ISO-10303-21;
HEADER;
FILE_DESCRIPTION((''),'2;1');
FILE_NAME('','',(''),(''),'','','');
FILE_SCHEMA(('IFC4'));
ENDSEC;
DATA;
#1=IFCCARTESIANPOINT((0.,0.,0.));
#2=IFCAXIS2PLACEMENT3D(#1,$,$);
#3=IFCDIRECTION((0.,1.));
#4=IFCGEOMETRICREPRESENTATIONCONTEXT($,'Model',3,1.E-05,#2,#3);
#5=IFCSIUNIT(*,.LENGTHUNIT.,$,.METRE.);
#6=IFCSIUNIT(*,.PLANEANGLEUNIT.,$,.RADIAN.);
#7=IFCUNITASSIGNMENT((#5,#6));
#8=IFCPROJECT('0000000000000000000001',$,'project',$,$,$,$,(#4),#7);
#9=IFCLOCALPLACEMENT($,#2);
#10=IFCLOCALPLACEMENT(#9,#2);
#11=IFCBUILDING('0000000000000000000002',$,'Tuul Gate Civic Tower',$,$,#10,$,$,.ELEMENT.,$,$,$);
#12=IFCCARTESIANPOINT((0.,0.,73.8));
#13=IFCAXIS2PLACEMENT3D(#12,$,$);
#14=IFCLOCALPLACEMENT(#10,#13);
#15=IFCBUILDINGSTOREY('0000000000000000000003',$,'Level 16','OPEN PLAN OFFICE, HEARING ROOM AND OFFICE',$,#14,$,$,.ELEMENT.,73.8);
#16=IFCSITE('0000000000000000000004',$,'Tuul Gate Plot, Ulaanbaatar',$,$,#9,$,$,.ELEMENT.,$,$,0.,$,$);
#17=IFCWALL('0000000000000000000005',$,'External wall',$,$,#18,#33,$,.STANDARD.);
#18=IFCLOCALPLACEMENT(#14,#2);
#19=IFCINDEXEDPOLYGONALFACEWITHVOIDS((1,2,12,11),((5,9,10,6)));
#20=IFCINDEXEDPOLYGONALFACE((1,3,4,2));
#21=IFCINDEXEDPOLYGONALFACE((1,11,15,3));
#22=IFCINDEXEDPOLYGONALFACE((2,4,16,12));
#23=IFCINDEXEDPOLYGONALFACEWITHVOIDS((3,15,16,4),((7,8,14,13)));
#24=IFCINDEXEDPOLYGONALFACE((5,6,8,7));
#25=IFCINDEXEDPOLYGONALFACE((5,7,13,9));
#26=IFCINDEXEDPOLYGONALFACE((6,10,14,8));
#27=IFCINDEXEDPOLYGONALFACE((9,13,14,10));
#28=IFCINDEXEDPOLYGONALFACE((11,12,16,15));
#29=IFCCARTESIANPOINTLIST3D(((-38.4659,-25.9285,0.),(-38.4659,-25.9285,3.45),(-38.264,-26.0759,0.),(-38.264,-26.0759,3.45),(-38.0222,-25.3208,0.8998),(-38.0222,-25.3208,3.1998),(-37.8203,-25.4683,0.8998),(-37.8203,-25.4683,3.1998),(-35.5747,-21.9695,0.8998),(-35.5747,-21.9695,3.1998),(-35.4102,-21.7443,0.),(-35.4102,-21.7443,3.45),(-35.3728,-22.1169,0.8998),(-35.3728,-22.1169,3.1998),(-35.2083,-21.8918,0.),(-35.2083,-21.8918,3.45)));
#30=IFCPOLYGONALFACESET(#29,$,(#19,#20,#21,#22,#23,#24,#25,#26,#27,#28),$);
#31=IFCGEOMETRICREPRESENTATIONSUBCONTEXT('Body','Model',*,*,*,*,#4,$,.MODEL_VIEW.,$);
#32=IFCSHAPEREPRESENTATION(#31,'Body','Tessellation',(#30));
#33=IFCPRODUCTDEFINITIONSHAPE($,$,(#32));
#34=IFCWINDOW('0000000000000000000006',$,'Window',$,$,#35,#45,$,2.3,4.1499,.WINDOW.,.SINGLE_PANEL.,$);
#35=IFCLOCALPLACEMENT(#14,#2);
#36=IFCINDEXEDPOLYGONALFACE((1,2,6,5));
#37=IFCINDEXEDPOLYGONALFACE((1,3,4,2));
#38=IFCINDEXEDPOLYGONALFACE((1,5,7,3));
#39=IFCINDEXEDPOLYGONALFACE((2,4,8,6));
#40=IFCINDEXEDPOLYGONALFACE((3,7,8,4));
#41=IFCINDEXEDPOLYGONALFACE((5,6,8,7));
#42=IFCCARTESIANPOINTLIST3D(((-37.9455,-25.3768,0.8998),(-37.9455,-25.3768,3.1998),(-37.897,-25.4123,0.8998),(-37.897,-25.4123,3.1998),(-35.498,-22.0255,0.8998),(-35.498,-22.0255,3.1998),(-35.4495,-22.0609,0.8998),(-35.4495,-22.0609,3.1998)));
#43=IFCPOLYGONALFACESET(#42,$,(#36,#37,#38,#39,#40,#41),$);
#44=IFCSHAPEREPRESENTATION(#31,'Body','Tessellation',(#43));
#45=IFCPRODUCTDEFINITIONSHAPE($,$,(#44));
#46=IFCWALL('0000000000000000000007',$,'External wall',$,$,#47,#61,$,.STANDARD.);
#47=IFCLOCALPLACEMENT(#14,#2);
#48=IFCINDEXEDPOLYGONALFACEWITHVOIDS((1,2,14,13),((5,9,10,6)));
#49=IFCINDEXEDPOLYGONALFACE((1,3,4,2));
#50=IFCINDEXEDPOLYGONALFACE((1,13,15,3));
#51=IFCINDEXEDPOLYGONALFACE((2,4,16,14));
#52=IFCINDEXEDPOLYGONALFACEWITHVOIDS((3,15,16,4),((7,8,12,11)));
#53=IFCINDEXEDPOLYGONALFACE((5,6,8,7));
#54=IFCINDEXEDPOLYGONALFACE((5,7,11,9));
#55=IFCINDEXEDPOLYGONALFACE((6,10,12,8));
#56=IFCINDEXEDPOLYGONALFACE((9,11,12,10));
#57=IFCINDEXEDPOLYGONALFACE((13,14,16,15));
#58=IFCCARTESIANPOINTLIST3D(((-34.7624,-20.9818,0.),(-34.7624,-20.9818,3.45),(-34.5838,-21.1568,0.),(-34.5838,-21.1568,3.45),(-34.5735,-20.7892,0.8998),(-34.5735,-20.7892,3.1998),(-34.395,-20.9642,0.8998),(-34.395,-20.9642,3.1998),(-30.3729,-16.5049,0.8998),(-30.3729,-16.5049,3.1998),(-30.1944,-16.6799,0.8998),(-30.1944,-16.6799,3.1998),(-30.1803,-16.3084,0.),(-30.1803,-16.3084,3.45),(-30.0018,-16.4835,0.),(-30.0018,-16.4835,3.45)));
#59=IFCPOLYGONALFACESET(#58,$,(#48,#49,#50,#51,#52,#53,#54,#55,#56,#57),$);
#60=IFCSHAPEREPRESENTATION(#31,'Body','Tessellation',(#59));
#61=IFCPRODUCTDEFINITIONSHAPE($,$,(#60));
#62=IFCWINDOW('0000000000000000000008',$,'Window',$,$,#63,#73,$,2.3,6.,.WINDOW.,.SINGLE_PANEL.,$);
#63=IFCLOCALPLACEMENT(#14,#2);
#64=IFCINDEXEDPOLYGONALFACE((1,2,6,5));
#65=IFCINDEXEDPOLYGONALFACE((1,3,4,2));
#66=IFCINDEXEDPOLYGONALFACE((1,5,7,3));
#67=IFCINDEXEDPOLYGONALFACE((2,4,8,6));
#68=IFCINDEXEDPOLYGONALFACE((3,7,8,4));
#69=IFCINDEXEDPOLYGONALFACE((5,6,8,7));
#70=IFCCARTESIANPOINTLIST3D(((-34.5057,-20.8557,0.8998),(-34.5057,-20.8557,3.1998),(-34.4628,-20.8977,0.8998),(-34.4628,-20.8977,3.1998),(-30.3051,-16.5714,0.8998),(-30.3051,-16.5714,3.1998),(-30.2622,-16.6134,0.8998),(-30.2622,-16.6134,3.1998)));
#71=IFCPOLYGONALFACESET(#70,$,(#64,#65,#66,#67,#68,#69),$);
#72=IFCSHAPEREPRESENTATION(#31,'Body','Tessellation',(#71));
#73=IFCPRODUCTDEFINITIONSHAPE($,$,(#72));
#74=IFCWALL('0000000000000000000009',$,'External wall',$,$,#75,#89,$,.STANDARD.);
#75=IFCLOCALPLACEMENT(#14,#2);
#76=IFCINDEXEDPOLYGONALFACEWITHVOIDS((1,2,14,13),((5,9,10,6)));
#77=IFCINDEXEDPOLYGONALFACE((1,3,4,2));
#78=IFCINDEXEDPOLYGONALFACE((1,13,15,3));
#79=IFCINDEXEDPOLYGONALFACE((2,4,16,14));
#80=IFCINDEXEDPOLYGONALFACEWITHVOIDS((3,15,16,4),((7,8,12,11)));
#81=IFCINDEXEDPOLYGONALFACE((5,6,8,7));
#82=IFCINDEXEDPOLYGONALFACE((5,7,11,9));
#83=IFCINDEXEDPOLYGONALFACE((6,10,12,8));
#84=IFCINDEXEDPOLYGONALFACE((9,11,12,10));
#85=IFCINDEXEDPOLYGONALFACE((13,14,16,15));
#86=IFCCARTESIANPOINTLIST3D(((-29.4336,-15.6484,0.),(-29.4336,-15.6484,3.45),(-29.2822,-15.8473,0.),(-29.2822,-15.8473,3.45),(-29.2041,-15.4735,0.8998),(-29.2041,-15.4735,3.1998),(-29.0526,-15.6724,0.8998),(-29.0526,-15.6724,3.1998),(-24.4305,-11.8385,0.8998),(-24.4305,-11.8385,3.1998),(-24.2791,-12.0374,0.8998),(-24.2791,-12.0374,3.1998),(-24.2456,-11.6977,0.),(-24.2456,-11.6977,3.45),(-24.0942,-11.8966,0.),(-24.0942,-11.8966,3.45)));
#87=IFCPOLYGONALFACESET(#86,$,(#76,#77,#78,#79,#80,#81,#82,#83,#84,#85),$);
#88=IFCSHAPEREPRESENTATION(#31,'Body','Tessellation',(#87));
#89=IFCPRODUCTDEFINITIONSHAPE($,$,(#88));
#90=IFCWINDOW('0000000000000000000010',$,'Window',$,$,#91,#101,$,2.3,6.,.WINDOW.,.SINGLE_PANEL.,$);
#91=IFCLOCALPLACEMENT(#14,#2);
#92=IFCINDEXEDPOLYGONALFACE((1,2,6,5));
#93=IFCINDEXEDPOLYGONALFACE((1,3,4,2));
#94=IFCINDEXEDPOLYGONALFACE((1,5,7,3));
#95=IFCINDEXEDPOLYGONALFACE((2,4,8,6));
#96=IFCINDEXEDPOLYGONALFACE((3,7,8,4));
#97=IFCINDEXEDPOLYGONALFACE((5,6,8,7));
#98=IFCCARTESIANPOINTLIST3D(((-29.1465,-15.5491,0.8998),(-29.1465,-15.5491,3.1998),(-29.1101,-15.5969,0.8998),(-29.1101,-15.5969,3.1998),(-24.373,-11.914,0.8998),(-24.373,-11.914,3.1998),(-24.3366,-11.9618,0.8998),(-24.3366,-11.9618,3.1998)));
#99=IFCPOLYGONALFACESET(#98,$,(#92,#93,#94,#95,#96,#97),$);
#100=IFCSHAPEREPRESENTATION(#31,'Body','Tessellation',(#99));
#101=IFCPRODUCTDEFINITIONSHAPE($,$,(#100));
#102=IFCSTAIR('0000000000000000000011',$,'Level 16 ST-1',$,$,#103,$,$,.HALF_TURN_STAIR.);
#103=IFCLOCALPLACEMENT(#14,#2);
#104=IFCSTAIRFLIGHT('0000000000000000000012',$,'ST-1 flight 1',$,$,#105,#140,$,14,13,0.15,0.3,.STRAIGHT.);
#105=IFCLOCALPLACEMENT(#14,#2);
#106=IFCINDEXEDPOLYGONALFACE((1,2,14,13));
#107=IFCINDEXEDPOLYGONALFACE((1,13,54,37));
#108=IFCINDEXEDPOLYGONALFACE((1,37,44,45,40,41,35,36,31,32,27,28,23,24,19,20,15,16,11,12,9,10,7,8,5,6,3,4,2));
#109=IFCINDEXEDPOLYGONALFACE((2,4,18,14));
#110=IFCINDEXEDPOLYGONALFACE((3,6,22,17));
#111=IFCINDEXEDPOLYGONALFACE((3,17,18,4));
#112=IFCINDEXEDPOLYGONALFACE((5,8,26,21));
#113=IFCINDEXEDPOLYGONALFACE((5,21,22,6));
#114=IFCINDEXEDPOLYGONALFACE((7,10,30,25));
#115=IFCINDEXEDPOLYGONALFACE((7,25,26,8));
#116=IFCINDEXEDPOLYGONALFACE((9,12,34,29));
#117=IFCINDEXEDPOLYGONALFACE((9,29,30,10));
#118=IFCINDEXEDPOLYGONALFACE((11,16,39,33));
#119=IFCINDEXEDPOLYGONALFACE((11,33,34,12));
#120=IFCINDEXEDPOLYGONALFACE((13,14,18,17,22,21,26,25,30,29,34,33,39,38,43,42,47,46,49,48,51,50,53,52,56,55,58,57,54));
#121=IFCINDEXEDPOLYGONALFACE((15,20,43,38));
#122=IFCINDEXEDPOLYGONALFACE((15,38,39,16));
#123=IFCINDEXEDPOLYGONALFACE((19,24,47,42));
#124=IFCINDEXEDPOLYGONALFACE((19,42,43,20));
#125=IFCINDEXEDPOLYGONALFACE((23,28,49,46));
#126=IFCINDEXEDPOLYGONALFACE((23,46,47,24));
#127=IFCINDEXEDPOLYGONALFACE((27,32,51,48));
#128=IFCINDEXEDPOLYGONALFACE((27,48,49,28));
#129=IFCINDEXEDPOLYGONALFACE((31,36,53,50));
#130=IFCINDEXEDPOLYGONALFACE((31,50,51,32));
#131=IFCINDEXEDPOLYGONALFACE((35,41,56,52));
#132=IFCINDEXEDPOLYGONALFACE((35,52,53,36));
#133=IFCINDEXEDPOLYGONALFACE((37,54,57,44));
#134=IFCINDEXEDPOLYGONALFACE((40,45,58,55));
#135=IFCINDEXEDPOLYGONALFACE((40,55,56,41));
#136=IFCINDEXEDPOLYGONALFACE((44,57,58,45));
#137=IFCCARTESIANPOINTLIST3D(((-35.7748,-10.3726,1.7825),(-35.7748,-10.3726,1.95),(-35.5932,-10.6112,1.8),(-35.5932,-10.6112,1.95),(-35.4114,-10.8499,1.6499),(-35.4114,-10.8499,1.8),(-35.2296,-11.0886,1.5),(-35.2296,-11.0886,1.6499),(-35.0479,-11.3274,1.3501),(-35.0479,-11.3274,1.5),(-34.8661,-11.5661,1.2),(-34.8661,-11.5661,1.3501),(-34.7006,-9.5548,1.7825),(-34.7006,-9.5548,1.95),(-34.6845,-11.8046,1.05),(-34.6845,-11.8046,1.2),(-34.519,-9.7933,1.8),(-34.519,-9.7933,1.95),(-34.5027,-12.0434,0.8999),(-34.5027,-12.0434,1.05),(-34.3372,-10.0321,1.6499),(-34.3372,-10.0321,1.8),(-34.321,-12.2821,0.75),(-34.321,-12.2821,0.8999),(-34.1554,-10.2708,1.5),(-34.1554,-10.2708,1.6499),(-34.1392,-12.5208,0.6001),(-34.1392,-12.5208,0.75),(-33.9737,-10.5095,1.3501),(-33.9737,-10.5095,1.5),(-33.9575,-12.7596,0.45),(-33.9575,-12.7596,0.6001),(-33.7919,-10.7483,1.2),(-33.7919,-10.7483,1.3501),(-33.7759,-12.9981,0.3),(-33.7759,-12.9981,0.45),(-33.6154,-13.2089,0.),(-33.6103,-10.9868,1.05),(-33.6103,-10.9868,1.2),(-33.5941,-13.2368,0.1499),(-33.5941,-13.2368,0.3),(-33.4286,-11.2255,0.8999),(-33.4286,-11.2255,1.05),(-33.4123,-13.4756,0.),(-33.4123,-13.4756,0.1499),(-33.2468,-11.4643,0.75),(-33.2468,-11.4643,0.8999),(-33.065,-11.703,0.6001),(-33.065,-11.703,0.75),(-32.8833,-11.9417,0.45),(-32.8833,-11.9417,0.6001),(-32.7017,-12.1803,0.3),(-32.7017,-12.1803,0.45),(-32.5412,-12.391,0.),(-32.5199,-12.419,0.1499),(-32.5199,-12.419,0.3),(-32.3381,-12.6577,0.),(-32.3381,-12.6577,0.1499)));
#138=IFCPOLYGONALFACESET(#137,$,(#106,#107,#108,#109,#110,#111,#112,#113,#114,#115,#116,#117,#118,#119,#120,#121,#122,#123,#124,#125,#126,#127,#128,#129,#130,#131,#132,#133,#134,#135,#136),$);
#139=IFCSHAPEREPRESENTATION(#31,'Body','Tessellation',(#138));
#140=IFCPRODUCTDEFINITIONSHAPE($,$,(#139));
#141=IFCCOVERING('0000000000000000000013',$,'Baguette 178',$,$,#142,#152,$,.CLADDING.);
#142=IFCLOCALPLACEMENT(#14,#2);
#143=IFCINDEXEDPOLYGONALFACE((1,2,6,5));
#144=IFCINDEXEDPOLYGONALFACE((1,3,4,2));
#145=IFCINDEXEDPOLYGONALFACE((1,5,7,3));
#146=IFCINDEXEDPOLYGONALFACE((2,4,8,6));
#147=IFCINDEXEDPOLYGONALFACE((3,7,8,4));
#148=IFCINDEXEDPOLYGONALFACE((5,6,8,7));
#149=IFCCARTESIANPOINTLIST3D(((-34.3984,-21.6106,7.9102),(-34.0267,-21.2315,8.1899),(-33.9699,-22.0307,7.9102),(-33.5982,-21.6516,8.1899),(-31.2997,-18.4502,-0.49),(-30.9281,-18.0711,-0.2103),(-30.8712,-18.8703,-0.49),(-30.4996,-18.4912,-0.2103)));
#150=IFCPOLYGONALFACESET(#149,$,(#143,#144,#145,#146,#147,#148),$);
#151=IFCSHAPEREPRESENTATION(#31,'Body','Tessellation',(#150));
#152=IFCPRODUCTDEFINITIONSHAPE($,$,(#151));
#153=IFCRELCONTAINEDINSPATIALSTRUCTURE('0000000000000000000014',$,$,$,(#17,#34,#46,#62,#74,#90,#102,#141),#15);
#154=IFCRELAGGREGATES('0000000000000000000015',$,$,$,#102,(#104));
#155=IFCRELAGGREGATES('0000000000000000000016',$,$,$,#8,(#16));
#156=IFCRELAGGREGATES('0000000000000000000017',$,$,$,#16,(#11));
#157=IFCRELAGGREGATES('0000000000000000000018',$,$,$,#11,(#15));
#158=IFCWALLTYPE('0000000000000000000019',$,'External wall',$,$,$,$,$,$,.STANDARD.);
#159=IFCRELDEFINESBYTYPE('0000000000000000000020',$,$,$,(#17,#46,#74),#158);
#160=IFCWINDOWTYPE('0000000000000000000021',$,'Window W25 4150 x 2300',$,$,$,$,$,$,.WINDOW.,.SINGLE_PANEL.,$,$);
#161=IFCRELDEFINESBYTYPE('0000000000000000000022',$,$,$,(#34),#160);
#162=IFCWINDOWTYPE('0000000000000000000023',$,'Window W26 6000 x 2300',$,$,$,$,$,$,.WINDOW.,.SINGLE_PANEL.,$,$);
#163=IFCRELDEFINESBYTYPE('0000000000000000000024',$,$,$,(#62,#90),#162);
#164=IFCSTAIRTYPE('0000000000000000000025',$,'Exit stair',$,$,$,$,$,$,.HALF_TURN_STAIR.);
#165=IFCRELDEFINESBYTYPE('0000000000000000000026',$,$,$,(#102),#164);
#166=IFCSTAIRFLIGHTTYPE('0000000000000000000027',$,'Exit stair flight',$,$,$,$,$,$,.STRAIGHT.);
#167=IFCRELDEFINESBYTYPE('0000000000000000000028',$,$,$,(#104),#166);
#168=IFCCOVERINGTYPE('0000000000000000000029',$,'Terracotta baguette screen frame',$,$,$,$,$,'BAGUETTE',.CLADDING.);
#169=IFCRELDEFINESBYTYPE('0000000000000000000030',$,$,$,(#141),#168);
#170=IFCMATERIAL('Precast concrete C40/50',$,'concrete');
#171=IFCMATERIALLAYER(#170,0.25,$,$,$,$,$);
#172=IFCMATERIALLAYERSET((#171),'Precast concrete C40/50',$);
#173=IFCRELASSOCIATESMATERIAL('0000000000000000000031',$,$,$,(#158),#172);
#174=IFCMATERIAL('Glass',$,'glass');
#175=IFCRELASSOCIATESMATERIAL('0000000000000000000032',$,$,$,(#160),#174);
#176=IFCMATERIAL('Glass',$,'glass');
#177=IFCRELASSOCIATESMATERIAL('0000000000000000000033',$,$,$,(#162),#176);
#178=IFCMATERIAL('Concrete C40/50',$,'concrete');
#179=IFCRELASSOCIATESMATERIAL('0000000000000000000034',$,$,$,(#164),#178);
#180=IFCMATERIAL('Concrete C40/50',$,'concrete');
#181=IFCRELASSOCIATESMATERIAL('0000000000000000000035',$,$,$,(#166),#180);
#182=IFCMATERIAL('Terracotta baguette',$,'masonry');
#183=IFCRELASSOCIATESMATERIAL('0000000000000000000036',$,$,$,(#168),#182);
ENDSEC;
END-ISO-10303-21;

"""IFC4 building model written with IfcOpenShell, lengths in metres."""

from ifc_helpers import new_model, si_unit, direction, frame, frame_2d, origin, origin_2d, place, context, subcontext, project, spatial, polyline, rectangle, outline, extrude, material, layer, layer_set, material_profile, profile_set, type_object, element, fill, aggregate, save


model = new_model("IFC4")

# Units and contexts
model_context = context("Model", 3, precision=1e-05, world=origin(), true_north=direction((0.0, 1.0)))
body_context = subcontext(model_context, "Body", "Model", "MODEL_VIEW")
ifc_project = project(units=[si_unit("LENGTHUNIT", "METRE"), si_unit("PLANEANGLEUNIT", "RADIAN")], contexts=[model_context])

# Site, building, storey
site_placement = place(None, origin())
site = spatial("IfcSite", under=ifc_project, at=site_placement, Name="Tuul Gate Plot, Ulaanbaatar", CompositionType="ELEMENT", RefElevation=0.0)
building_placement = place(site_placement, origin())
building = spatial("IfcBuilding", under=site, at=building_placement, Name="Tuul Gate Civic Tower", CompositionType="ELEMENT")
storey_placement = place(building_placement, frame((0.0, 0.0, 73.8)))
storey = spatial("IfcBuildingStorey", under=building, at=storey_placement, Name="Level 16", Description="OPEN PLAN OFFICE, HEARING ROOM AND OFFICE", CompositionType="ELEMENT", Elevation=73.8)

# Walls, openings, windows
ifc_material_1 = material(Name="Precast concrete C40/50", Category="concrete")
ifc_layer_1 = layer(ifc_material_1, 0.25)
ifc_layer_set_1 = layer_set([ifc_layer_1], Name="Precast concrete C40/50")
wall_type_1 = type_object("IfcWallType", Name="External wall", PredefinedType="STANDARD", material=ifc_layer_set_1)
wall_1_placement = place(storey_placement, frame((-38.365, -26.0022, 0.0), z_axis=(0.0, 0.0, 1.0), x_axis=(0.589773, 0.807569, 0.0)))
wall_1 = element("IfcWall", 1, at=wall_1_placement, inside=storey, type_object=wall_type_1, Name="External wall", PredefinedType="STANDARD", context=body_context, shape_type="SweptSolid", body=[
    extrude(rectangle(XDim=5.1812, YDim=0.25, at=frame_2d((2.5906, 0.0))), origin(), (0.0, 0.0, 1.0), 3.45),
])
opening_1_placement = place(wall_1_placement, frame((0.7524, 0.0, 0.8999)))
opening_1 = element("IfcOpeningElement", 2, at=opening_1_placement, cuts=wall_1, PredefinedType="OPENING", context=body_context, shape_type="SweptSolid", body=[
    extrude(rectangle(XDim=4.1499, YDim=2.3, at=frame_2d((2.075, 1.1499))), frame((0.0, 0.135, 0.0), z_axis=(0.0, -1.0, 0.0), x_axis=(1.0, 0.0, 0.0)), (0.0, 0.0, 1.0), 0.27),
])
ifc_material_2 = material(Name="Glass", Category="glass")
window_type_1 = type_object("IfcWindowType", Name="Window W25 4150 x 2300", PartitioningType="SINGLE_PANEL", PredefinedType="WINDOW", material=ifc_material_2)
window_1_placement = place(opening_1_placement, origin())
window_1 = element("IfcWindow", 3, at=window_1_placement, inside=storey, type_object=window_type_1, Name="Window", OverallHeight=2.3, OverallWidth=4.1499, PartitioningType="SINGLE_PANEL", PredefinedType="WINDOW", context=body_context, shape_type="SweptSolid", body=[
    extrude(rectangle(XDim=4.1499, YDim=2.3, at=frame_2d((2.075, 1.1499))), frame((0.0, 0.03, 0.0), z_axis=(0.0, -1.0, 0.0), x_axis=(1.0, 0.0, 0.0)), (0.0, 0.0, 1.0), 0.0601),
])
fill(opening_1, window_1)
wall_2_placement = place(storey_placement, frame((-34.6731, -21.0693, 0.0), z_axis=(0.0, 0.0, 1.0), x_axis=(0.700097, 0.714048, 0.0)))
wall_2 = element("IfcWall", 4, at=wall_2_placement, inside=storey, type_object=wall_type_1, Name="External wall", PredefinedType="STANDARD", context=body_context, shape_type="SweptSolid", body=[
    extrude(rectangle(XDim=6.5449, YDim=0.25, at=frame_2d((3.2725, 0.0))), origin(), (0.0, 0.0, 1.0), 3.45),
])
opening_2_placement = place(wall_2_placement, frame((0.2698, 0.0, 0.8999)))
opening_2 = element("IfcOpeningElement", 5, at=opening_2_placement, cuts=wall_2, PredefinedType="OPENING", context=body_context, shape_type="SweptSolid", body=[
    extrude(rectangle(XDim=6.0, YDim=2.3, at=frame_2d((3.0, 1.1499))), frame((0.0, 0.135, 0.0), z_axis=(0.0, -1.0, 0.0), x_axis=(1.0, 0.0, 0.0)), (0.0, 0.0, 1.0), 0.27),
])
ifc_material_3 = material(Name="Glass", Category="glass")
window_type_2 = type_object("IfcWindowType", Name="Window W26 6000 x 2300", PartitioningType="SINGLE_PANEL", PredefinedType="WINDOW", material=ifc_material_3)
window_2_placement = place(opening_2_placement, origin())
window_2 = element("IfcWindow", 6, at=window_2_placement, inside=storey, type_object=window_type_2, Name="Window", OverallHeight=2.3, OverallWidth=6.0, PartitioningType="SINGLE_PANEL", PredefinedType="WINDOW", context=body_context, shape_type="SweptSolid", body=[
    extrude(rectangle(XDim=6.0, YDim=2.3, at=frame_2d((3.0, 1.1499))), frame((0.0, 0.03, 0.0), z_axis=(0.0, -1.0, 0.0), x_axis=(1.0, 0.0, 0.0)), (0.0, 0.0, 1.0), 0.0601),
])
fill(opening_2, window_2)
wall_3_placement = place(storey_placement, frame((-29.3579, -15.7478, 0.0), z_axis=(0.0, 0.0, 1.0), x_axis=(0.795585, 0.605842, 0.0)))
wall_3 = element("IfcWall", 7, at=wall_3_placement, inside=storey, type_object=wall_type_1, Name="External wall", PredefinedType="STANDARD", context=body_context, shape_type="SweptSolid", body=[
    extrude(rectangle(XDim=6.521, YDim=0.25, at=frame_2d((3.2605, 0.0))), origin(), (0.0, 0.0, 1.0), 3.45),
])
opening_3_placement = place(wall_3_placement, frame((0.2886, 0.0, 0.8999)))
opening_3 = element("IfcOpeningElement", 8, at=opening_3_placement, cuts=wall_3, PredefinedType="OPENING", context=body_context, shape_type="SweptSolid", body=[
    extrude(rectangle(XDim=6.0, YDim=2.3, at=frame_2d((3.0, 1.1499))), frame((0.0, 0.135, 0.0), z_axis=(0.0, -1.0, 0.0), x_axis=(1.0, 0.0, 0.0)), (0.0, 0.0, 1.0), 0.27),
])
window_3_placement = place(opening_3_placement, origin())
window_3 = element("IfcWindow", 9, at=window_3_placement, inside=storey, type_object=window_type_2, Name="Window", OverallHeight=2.3, OverallWidth=6.0, PartitioningType="SINGLE_PANEL", PredefinedType="WINDOW", context=body_context, shape_type="SweptSolid", body=[
    extrude(rectangle(XDim=6.0, YDim=2.3, at=frame_2d((3.0, 1.1499))), frame((0.0, 0.03, 0.0), z_axis=(0.0, -1.0, 0.0), x_axis=(1.0, 0.0, 0.0)), (0.0, 0.0, 1.0), 0.0601),
])
fill(opening_3, window_3)

# Stair, stair flight
ifc_material_4 = material(Name="Concrete C40/50", Category="concrete")
stair_type = type_object("IfcStairType", Name="Exit stair", PredefinedType="HALF_TURN_STAIR", material=ifc_material_4)
stair_placement = place(storey_placement, origin())
stair = element("IfcStair", 10, at=stair_placement, inside=storey, type_object=stair_type, Name="Level 16 ST-1", PredefinedType="HALF_TURN_STAIR")
ifc_material_5 = material(Name="Concrete C40/50", Category="concrete")
stair_flight_type = type_object("IfcStairFlightType", Name="Exit stair flight", PredefinedType="STRAIGHT", material=ifc_material_5)
stair_flight_placement = place(storey_placement, frame((-32.8752, -13.0667, 0.0), z_axis=(0.0, 0.0, 1.0), x_axis=(-0.605764, 0.795644, 0.0)))
stair_flight = element("IfcStairFlight", 11, at=stair_flight_placement, type_object=stair_flight_type, Name="ST-1 flight 1", NumberOfRisers=14, NumberOfTreads=13, PredefinedType="STRAIGHT", RiserHeight=0.15, TreadLength=0.3, context=body_context, shape_type="SweptSolid", body=[
    extrude(outline(polyline([(0.0, 0.0), (0.0, 0.1499), (0.3, 0.1499), (0.3, 0.3), (0.6001, 0.3), (0.6001, 0.45), (0.8999, 0.45), (0.8999, 0.6001), (1.2, 0.6001), (1.2, 0.75), (1.5, 0.75), (1.5, 0.8999), (1.8, 0.8999), (1.8, 1.05), (2.1001, 1.05), (2.1001, 1.2), (2.3999, 1.2), (2.3999, 1.3501), (2.7, 1.3501), (2.7, 1.5), (3.0, 1.5), (3.0, 1.6499), (3.3, 1.6499), (3.3, 1.8), (3.6001, 1.8), (3.6001, 1.95), (3.8999, 1.95), (3.8999, 2.1001), (3.8999, 1.7825), (0.3352, 0.0), (0.0, 0.0)])), frame((0.0, 0.675, 0.0), z_axis=(0.0, -1.0, 0.0), x_axis=(1.0, 0.0, 0.0)), (0.0, 0.0, 1.0), 1.3501),
])
aggregate(stair, [stair_flight])

# Covering
ifc_material_6 = material(Name="Terracotta baguette", Category="masonry")
ifc_material_profile_1 = material_profile(ifc_material_6, rectangle(XDim=0.6001, YDim=0.6001, at=origin_2d()), Name="Terracotta baguette screen frame")
ifc_profile_set_1 = profile_set([ifc_material_profile_1], Name="Terracotta baguette")
covering_type = type_object("IfcCoveringType", Name="Terracotta baguette screen frame", ElementType="BAGUETTE", PredefinedType="CLADDING", material=ifc_profile_set_1)
covering_placement = place(storey_placement, frame((-33.9983, -21.6311, 8.05), z_axis=(0.326349, 0.332854, -0.884706), x_axis=(-0.71405, 0.700095, 0.0)))
element("IfcCovering", 12, at=covering_placement, inside=storey, type_object=covering_type, Name="Baguette 178", PredefinedType="CLADDING", context=body_context, shape_type="SweptSolid", body=[
    extrude(rectangle(XDim=0.6001, YDim=0.6001, at=origin_2d()), origin(), (0.0, 0.0, 1.0), 9.4949),
])

save(model, "model.ifc")
